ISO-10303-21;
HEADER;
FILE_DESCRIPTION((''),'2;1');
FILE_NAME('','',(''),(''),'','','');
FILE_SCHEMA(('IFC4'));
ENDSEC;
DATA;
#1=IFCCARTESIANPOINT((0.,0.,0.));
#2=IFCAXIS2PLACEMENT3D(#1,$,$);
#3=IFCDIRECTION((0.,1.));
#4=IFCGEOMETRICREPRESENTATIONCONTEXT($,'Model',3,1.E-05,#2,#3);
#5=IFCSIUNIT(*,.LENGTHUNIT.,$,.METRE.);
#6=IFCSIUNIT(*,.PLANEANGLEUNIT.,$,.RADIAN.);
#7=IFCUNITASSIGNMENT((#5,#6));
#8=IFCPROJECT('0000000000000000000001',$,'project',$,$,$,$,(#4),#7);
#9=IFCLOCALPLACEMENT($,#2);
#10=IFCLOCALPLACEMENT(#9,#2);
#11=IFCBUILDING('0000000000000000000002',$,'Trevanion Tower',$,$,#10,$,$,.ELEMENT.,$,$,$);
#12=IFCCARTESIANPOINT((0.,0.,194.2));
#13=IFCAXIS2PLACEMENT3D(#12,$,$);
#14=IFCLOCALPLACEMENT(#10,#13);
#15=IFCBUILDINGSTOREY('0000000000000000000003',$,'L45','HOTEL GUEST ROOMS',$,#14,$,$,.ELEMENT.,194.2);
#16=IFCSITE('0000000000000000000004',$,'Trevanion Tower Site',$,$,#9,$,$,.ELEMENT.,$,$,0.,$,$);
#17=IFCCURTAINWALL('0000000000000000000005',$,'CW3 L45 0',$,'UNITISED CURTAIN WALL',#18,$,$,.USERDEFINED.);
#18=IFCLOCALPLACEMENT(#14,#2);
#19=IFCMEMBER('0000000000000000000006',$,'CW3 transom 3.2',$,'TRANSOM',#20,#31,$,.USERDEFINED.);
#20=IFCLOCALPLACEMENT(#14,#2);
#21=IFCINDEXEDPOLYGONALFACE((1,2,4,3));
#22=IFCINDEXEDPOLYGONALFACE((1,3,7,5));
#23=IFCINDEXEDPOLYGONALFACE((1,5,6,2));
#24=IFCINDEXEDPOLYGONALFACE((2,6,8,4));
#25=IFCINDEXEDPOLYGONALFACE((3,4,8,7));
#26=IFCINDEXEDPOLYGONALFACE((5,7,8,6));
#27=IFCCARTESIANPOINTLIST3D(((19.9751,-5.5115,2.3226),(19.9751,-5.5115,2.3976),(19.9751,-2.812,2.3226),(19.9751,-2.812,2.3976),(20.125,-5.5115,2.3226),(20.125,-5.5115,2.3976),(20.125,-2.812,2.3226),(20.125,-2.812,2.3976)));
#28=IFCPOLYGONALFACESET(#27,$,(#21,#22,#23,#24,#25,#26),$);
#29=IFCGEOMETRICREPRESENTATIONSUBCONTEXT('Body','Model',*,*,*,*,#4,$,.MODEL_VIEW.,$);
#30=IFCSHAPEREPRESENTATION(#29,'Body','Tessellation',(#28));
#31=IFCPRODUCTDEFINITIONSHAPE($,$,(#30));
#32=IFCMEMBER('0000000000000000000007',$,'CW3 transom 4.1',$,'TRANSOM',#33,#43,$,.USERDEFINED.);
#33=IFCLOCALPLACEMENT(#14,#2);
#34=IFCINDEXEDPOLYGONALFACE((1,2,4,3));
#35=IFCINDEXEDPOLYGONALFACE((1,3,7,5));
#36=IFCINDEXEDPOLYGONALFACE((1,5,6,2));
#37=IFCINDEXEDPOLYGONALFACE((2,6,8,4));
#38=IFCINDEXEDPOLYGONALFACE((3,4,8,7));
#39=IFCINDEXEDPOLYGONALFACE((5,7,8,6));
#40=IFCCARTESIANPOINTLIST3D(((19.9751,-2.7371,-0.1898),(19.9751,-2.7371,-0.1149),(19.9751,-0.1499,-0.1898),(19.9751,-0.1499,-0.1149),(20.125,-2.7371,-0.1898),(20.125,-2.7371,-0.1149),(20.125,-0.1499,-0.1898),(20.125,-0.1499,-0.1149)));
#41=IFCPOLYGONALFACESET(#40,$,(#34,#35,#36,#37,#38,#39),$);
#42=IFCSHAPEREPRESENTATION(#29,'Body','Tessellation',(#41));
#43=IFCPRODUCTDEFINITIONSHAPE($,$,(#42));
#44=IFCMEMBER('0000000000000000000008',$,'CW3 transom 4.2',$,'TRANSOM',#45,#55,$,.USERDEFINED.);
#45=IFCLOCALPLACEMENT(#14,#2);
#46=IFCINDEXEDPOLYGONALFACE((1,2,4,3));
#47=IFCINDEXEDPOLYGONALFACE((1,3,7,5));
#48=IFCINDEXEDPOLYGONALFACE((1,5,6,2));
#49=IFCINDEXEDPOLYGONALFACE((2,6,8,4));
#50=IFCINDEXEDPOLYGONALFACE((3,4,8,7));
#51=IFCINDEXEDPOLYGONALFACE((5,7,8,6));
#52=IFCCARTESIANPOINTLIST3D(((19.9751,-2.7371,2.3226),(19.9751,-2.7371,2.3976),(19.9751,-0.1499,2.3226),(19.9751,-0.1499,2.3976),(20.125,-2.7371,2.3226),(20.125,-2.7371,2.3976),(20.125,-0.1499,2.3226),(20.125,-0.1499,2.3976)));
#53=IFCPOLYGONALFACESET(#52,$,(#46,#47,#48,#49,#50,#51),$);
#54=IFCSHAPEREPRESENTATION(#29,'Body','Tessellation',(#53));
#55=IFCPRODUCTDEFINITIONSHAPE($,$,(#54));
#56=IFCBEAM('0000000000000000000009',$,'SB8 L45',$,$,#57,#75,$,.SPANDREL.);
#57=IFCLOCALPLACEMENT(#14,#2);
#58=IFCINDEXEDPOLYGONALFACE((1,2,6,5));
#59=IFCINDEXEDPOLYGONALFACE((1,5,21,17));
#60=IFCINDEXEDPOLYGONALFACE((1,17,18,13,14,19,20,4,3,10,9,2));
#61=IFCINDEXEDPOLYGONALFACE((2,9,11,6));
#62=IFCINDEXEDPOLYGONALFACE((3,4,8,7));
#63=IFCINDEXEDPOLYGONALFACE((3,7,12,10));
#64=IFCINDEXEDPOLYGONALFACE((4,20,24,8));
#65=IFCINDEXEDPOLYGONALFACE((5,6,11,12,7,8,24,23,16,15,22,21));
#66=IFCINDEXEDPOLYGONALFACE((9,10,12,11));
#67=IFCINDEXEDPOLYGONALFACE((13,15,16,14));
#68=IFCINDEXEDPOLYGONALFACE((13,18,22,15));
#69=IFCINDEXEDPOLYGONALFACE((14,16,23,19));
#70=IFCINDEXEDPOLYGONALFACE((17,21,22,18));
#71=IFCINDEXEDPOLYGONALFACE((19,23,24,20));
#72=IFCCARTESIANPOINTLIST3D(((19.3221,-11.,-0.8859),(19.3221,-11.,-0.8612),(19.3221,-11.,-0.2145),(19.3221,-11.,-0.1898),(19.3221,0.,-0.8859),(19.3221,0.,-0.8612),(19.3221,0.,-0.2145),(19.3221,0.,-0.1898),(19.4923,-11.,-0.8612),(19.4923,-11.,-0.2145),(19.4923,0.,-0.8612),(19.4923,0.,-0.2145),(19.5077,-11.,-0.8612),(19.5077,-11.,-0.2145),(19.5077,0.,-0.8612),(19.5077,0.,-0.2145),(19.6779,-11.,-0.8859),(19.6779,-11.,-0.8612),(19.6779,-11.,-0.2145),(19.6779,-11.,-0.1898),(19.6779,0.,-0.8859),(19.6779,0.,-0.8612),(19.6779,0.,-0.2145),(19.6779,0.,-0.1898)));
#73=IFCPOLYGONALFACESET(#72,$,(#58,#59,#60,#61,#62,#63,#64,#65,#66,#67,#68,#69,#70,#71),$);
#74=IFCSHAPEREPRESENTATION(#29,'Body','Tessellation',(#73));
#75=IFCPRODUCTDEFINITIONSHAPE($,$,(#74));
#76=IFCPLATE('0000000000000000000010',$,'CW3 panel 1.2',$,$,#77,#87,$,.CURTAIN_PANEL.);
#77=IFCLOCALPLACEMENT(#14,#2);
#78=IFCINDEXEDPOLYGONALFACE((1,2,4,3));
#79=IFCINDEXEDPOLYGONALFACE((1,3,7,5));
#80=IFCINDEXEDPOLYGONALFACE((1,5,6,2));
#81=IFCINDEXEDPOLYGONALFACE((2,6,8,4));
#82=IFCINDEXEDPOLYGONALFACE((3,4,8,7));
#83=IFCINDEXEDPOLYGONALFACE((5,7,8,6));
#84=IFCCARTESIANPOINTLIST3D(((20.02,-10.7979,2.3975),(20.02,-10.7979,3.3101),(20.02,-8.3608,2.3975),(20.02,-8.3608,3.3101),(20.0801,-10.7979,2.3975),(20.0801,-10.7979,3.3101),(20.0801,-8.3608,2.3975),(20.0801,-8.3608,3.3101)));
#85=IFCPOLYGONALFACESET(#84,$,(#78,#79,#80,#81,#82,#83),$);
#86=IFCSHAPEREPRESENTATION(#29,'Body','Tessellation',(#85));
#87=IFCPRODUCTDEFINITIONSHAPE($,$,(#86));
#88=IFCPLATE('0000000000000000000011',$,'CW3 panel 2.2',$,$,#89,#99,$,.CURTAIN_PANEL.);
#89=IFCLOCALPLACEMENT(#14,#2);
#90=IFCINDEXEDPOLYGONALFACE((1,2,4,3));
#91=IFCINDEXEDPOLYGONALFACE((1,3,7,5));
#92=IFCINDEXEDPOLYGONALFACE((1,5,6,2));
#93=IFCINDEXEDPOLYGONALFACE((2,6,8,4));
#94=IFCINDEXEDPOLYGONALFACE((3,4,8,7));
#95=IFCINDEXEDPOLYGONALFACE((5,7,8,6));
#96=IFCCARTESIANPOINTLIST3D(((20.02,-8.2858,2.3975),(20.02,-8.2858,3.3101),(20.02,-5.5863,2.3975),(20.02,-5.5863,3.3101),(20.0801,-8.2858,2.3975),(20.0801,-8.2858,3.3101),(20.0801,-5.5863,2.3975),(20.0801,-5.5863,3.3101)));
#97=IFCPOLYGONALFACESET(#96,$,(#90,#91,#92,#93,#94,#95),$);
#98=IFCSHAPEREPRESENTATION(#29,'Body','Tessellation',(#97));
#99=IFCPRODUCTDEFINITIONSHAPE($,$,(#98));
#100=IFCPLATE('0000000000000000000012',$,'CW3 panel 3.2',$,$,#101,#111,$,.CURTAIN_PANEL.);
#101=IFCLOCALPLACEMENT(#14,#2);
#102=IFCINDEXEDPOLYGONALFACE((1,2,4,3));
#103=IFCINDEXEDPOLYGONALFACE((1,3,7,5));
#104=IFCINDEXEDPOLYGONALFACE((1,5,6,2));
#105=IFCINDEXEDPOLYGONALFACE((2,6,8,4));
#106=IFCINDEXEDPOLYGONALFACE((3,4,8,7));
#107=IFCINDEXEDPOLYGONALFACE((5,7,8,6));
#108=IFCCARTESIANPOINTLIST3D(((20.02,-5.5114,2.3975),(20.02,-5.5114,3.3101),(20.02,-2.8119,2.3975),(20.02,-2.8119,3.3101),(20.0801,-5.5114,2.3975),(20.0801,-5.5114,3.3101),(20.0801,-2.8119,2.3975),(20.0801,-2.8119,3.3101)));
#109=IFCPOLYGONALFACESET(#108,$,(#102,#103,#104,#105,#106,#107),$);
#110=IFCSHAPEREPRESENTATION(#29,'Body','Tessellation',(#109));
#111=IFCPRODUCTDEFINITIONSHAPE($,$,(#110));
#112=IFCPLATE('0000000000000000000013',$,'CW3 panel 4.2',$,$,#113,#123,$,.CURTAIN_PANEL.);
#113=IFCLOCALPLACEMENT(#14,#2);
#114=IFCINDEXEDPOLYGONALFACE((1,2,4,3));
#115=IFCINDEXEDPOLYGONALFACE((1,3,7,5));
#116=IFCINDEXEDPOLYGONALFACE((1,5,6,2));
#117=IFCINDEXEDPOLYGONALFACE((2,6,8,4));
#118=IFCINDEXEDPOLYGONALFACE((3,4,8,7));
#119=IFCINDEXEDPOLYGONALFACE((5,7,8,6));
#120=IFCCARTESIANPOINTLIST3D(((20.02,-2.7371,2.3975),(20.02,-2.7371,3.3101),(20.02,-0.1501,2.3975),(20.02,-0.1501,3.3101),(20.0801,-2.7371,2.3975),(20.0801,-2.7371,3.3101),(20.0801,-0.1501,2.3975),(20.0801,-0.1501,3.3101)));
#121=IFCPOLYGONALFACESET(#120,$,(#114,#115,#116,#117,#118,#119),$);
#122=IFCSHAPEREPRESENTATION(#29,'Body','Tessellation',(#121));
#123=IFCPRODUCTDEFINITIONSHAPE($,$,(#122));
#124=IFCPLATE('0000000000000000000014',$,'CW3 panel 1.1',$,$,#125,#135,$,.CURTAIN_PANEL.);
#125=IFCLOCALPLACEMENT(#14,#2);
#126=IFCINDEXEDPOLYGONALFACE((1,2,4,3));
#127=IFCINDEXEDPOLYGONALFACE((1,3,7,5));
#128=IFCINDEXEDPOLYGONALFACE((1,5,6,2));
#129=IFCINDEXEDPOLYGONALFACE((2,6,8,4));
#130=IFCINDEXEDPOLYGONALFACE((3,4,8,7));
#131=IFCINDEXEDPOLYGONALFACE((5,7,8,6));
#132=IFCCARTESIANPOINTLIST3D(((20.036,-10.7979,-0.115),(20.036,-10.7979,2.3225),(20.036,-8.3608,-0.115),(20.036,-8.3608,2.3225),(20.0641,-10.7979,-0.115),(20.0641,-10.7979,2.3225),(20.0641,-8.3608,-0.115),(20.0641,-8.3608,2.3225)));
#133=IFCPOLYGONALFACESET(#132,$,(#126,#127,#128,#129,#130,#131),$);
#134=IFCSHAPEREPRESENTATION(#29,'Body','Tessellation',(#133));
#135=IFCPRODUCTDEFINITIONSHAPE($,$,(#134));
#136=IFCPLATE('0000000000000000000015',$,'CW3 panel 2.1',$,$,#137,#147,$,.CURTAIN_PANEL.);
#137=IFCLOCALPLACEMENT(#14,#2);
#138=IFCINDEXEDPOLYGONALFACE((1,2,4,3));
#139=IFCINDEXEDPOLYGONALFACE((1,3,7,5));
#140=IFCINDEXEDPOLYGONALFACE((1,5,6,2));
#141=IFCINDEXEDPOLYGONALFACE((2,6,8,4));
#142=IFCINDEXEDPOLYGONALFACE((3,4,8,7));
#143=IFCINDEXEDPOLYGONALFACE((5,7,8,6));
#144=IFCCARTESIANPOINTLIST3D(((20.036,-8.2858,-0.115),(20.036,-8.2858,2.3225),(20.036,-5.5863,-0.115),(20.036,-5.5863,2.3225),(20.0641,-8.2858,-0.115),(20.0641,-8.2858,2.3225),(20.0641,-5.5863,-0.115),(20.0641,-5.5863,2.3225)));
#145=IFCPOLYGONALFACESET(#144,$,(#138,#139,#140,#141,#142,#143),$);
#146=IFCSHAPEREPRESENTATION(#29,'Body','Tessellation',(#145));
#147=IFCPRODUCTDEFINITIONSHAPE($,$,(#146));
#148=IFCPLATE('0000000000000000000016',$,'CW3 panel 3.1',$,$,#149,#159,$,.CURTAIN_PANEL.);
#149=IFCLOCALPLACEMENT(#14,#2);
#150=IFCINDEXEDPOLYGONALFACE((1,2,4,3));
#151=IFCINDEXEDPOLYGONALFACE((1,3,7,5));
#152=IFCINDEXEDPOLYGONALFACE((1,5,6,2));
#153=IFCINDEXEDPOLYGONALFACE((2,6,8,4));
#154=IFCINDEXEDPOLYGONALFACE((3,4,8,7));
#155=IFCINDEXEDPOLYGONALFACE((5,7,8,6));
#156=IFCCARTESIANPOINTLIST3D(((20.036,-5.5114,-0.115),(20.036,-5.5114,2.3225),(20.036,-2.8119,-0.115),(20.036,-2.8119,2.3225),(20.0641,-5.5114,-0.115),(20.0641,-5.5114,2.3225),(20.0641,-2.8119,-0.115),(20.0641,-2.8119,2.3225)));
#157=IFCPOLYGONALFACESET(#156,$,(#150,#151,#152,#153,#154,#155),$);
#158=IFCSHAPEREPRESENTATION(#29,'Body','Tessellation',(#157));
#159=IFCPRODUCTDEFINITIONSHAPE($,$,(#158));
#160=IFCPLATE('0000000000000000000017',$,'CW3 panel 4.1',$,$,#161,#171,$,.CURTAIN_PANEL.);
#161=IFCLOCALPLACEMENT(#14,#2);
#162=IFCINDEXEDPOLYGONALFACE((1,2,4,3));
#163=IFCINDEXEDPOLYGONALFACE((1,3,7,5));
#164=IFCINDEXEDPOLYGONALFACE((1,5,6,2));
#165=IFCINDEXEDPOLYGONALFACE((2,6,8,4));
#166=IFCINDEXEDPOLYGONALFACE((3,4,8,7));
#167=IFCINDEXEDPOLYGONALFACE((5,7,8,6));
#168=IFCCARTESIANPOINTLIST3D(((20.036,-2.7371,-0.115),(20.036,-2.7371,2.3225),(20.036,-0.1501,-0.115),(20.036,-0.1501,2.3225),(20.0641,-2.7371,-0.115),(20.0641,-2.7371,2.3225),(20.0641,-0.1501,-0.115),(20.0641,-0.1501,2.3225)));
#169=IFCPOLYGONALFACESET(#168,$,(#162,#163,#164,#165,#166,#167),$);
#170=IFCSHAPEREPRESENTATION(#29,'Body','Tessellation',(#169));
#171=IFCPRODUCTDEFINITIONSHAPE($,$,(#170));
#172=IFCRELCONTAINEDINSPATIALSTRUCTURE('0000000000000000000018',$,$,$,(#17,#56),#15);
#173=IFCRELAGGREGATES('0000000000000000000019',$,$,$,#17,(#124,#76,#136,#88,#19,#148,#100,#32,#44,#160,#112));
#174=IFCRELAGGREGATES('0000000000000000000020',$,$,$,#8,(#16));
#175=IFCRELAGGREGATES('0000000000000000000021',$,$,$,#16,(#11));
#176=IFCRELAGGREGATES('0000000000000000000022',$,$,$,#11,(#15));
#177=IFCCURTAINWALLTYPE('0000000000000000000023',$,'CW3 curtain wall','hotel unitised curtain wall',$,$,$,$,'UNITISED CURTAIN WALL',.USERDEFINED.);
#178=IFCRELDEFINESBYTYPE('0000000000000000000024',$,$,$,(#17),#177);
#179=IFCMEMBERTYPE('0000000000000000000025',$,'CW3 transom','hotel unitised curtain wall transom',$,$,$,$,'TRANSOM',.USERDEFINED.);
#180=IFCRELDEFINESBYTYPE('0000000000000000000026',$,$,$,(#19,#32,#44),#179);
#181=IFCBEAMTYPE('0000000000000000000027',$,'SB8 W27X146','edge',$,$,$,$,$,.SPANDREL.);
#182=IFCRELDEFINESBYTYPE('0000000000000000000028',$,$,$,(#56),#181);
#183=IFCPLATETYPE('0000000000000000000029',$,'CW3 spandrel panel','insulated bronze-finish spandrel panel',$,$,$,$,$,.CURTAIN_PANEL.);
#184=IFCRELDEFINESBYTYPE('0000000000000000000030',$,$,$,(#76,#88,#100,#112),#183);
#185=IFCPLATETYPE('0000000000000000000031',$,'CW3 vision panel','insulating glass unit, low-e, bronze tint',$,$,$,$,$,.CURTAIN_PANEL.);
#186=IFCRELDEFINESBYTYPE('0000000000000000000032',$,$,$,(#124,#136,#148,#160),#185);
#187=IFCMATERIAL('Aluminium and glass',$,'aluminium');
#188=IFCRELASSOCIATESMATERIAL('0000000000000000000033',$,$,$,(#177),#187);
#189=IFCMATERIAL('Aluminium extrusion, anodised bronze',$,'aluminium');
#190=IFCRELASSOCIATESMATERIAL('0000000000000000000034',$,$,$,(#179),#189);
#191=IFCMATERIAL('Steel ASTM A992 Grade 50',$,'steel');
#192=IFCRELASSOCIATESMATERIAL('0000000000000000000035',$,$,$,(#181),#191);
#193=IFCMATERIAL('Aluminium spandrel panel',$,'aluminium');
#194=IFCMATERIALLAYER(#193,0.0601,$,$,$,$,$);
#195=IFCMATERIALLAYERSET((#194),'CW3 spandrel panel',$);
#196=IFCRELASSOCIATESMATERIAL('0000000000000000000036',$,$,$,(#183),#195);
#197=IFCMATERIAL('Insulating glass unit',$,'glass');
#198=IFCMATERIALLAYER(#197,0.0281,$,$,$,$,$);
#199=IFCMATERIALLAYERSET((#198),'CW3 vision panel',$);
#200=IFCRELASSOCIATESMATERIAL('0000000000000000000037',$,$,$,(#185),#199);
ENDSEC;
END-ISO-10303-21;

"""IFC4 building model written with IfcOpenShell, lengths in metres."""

from ifc_helpers import new_model, si_unit, direction, frame, origin, origin_2d, place, context, subcontext, project, spatial, rectangle, i_section, extrude, material, layer, layer_set, material_profile, profile_set, type_object, element, aggregate, save


model = new_model("IFC4")

# Units and contexts
model_context = context("Model", 3, precision=1e-05, world=origin(), true_north=direction((0.0, 1.0)))
body_context = subcontext(model_context, "Body", "Model", "MODEL_VIEW")
ifc_project = project(units=[si_unit("LENGTHUNIT", "METRE"), si_unit("PLANEANGLEUNIT", "RADIAN")], contexts=[model_context])

# Site, building, storey
site_placement = place(None, origin())
site = spatial("IfcSite", under=ifc_project, at=site_placement, Name="Trevanion Tower Site", CompositionType="ELEMENT", RefElevation=0.0)
building_placement = place(site_placement, origin())
building = spatial("IfcBuilding", under=site, at=building_placement, Name="Trevanion Tower", CompositionType="ELEMENT")
storey_placement = place(building_placement, frame((0.0, 0.0, 194.2)))
storey = spatial("IfcBuildingStorey", under=building, at=storey_placement, Name="L45", Description="HOTEL GUEST ROOMS", CompositionType="ELEMENT", Elevation=194.2)

# Curtain wall, members
ifc_material_1 = material(Name="Aluminium and glass", Category="aluminium")
curtain_wall_type = type_object("IfcCurtainWallType", Name="CW3 curtain wall", Description="hotel unitised curtain wall", ElementType="UNITISED CURTAIN WALL", PredefinedType="USERDEFINED", material=ifc_material_1)
curtain_wall_placement = place(storey_placement, origin())
curtain_wall = element("IfcCurtainWall", 1, at=curtain_wall_placement, inside=storey, type_object=curtain_wall_type, Name="CW3 L45 0", ObjectType="UNITISED CURTAIN WALL", PredefinedType="USERDEFINED")
ifc_material_2 = material(Name="Aluminium extrusion, anodised bronze", Category="aluminium")
ifc_material_profile_1 = material_profile(ifc_material_2, rectangle(XDim=0.1499, YDim=0.075, at=origin_2d()), Name="CW3 transom")
ifc_profile_set_1 = profile_set([ifc_material_profile_1], Name="Aluminium extrusion, anodised bronze")
member_type_1 = type_object("IfcMemberType", Name="CW3 transom", Description="hotel unitised curtain wall transom", ElementType="TRANSOM", PredefinedType="USERDEFINED", material=ifc_profile_set_1)
member_1_placement = place(storey_placement, frame((20.05, -5.5115, 2.3601), z_axis=(0.0, 1.0, 0.0), x_axis=(-1.0, 0.0, 0.0)))
member_1 = element("IfcMember", 2, at=member_1_placement, type_object=member_type_1, Name="CW3 transom 3.2", ObjectType="TRANSOM", PredefinedType="USERDEFINED", context=body_context, shape_type="SweptSolid", body=[
    extrude(rectangle(XDim=0.1499, YDim=0.075, at=origin_2d()), origin(), (0.0, 0.0, 1.0), 2.6995),
])
member_2_placement = place(storey_placement, frame((20.05, -2.7371, -0.1523), z_axis=(0.0, 1.0, 0.0), x_axis=(-1.0, 0.0, 0.0)))
member_2 = element("IfcMember", 3, at=member_2_placement, type_object=member_type_1, Name="CW3 transom 4.1", ObjectType="TRANSOM", PredefinedType="USERDEFINED", context=body_context, shape_type="SweptSolid", body=[
    extrude(rectangle(XDim=0.1499, YDim=0.075, at=origin_2d()), origin(), (0.0, 0.0, 1.0), 2.5872),
])
member_3_placement = place(storey_placement, frame((20.05, -2.7371, 2.3601), z_axis=(0.0, 1.0, 0.0), x_axis=(-1.0, 0.0, 0.0)))
member_3 = element("IfcMember", 4, at=member_3_placement, type_object=member_type_1, Name="CW3 transom 4.2", ObjectType="TRANSOM", PredefinedType="USERDEFINED", context=body_context, shape_type="SweptSolid", body=[
    extrude(rectangle(XDim=0.1499, YDim=0.075, at=origin_2d()), origin(), (0.0, 0.0, 1.0), 2.5872),
])

# Beam
ifc_material_3 = material(Name="Steel ASTM A992 Grade 50", Category="steel")
ifc_material_profile_2 = material_profile(ifc_material_3, i_section(OverallWidth=0.3557, OverallDepth=0.696, WebThickness=0.0154, FlangeThickness=0.0247, at=origin_2d()), Name="W27X146")
ifc_profile_set_2 = profile_set([ifc_material_profile_2], Name="Steel ASTM A992 Grade 50")
beam_type_1 = type_object("IfcBeamType", Name="SB8 W27X146", Description="edge", PredefinedType="SPANDREL", material=ifc_profile_set_2)
beam_placement = place(storey_placement, frame((19.5, -11.0, -0.5378), z_axis=(0.0, 1.0, 0.0), x_axis=(-1.0, 0.0, 0.0)))
element("IfcBeam", 5, at=beam_placement, inside=storey, type_object=beam_type_1, Name="SB8 L45", PredefinedType="SPANDREL", context=body_context, shape_type="SweptSolid", body=[
    extrude(i_section(OverallWidth=0.3557, OverallDepth=0.696, WebThickness=0.0154, FlangeThickness=0.0247, at=origin_2d()), origin(), (0.0, 0.0, 1.0), 11.0),
])

# Plates
ifc_material_4 = material(Name="Aluminium spandrel panel", Category="aluminium")
ifc_layer_1 = layer(ifc_material_4, 0.0601)
ifc_layer_set_1 = layer_set([ifc_layer_1], Name="CW3 spandrel panel")
plate_type_1 = type_object("IfcPlateType", Name="CW3 spandrel panel", Description="insulated bronze-finish spandrel panel", PredefinedType="CURTAIN_PANEL", material=ifc_layer_set_1)
plate_1_placement = place(storey_placement, frame((20.05, -9.5793, 2.3975), z_axis=(0.0, 0.0, 1.0), x_axis=(0.0, 1.0, 0.0)))
plate_1 = element("IfcPlate", 6, at=plate_1_placement, type_object=plate_type_1, Name="CW3 panel 1.2", PredefinedType="CURTAIN_PANEL", context=body_context, shape_type="SweptSolid", body=[
    extrude(rectangle(XDim=2.437, YDim=0.0601, at=origin_2d()), origin(), (0.0, 0.0, 1.0), 0.9126),
])
plate_2_placement = place(storey_placement, frame((20.05, -6.936, 2.3975), z_axis=(0.0, 0.0, 1.0), x_axis=(0.0, 1.0, 0.0)))
plate_2 = element("IfcPlate", 7, at=plate_2_placement, type_object=plate_type_1, Name="CW3 panel 2.2", PredefinedType="CURTAIN_PANEL", context=body_context, shape_type="SweptSolid", body=[
    extrude(rectangle(XDim=2.6995, YDim=0.0601, at=origin_2d()), origin(), (0.0, 0.0, 1.0), 0.9126),
])
plate_3_placement = place(storey_placement, frame((20.05, -4.1616, 2.3975), z_axis=(0.0, 0.0, 1.0), x_axis=(0.0, 1.0, 0.0)))
plate_3 = element("IfcPlate", 8, at=plate_3_placement, type_object=plate_type_1, Name="CW3 panel 3.2", PredefinedType="CURTAIN_PANEL", context=body_context, shape_type="SweptSolid", body=[
    extrude(rectangle(XDim=2.6995, YDim=0.0601, at=origin_2d()), origin(), (0.0, 0.0, 1.0), 0.9126),
])
plate_4_placement = place(storey_placement, frame((20.05, -1.4436, 2.3975), z_axis=(0.0, 0.0, 1.0), x_axis=(0.0, 1.0, 0.0)))
plate_4 = element("IfcPlate", 9, at=plate_4_placement, type_object=plate_type_1, Name="CW3 panel 4.2", PredefinedType="CURTAIN_PANEL", context=body_context, shape_type="SweptSolid", body=[
    extrude(rectangle(XDim=2.5869, YDim=0.0601, at=origin_2d()), origin(), (0.0, 0.0, 1.0), 0.9126),
])
ifc_material_5 = material(Name="Insulating glass unit", Category="glass")
ifc_layer_2 = layer(ifc_material_5, 0.0281)
ifc_layer_set_2 = layer_set([ifc_layer_2], Name="CW3 vision panel")
plate_type_2 = type_object("IfcPlateType", Name="CW3 vision panel", Description="insulating glass unit, low-e, bronze tint", PredefinedType="CURTAIN_PANEL", material=ifc_layer_set_2)
plate_5_placement = place(storey_placement, frame((20.05, -9.5793, -0.115), z_axis=(0.0, 0.0, 1.0), x_axis=(0.0, 1.0, 0.0)))
plate_5 = element("IfcPlate", 10, at=plate_5_placement, type_object=plate_type_2, Name="CW3 panel 1.1", PredefinedType="CURTAIN_PANEL", context=body_context, shape_type="SweptSolid", body=[
    extrude(rectangle(XDim=2.437, YDim=0.0281, at=origin_2d()), origin(), (0.0, 0.0, 1.0), 2.4375),
])
plate_6_placement = place(storey_placement, frame((20.05, -6.936, -0.115), z_axis=(0.0, 0.0, 1.0), x_axis=(0.0, 1.0, 0.0)))
plate_6 = element("IfcPlate", 11, at=plate_6_placement, type_object=plate_type_2, Name="CW3 panel 2.1", PredefinedType="CURTAIN_PANEL", context=body_context, shape_type="SweptSolid", body=[
    extrude(rectangle(XDim=2.6995, YDim=0.0281, at=origin_2d()), origin(), (0.0, 0.0, 1.0), 2.4375),
])
plate_7_placement = place(storey_placement, frame((20.05, -4.1616, -0.115), z_axis=(0.0, 0.0, 1.0), x_axis=(0.0, 1.0, 0.0)))
plate_7 = element("IfcPlate", 12, at=plate_7_placement, type_object=plate_type_2, Name="CW3 panel 3.1", PredefinedType="CURTAIN_PANEL", context=body_context, shape_type="SweptSolid", body=[
    extrude(rectangle(XDim=2.6995, YDim=0.0281, at=origin_2d()), origin(), (0.0, 0.0, 1.0), 2.4375),
])
plate_8_placement = place(storey_placement, frame((20.05, -1.4436, -0.115), z_axis=(0.0, 0.0, 1.0), x_axis=(0.0, 1.0, 0.0)))
plate_8 = element("IfcPlate", 13, at=plate_8_placement, type_object=plate_type_2, Name="CW3 panel 4.1", PredefinedType="CURTAIN_PANEL", context=body_context, shape_type="SweptSolid", body=[
    extrude(rectangle(XDim=2.5869, YDim=0.0281, at=origin_2d()), origin(), (0.0, 0.0, 1.0), 2.4375),
])
aggregate(curtain_wall, [plate_5, plate_1, plate_6, plate_2, member_1, plate_7, plate_3, member_2, member_3, plate_8, plate_4])

save(model, "model.ifc")
